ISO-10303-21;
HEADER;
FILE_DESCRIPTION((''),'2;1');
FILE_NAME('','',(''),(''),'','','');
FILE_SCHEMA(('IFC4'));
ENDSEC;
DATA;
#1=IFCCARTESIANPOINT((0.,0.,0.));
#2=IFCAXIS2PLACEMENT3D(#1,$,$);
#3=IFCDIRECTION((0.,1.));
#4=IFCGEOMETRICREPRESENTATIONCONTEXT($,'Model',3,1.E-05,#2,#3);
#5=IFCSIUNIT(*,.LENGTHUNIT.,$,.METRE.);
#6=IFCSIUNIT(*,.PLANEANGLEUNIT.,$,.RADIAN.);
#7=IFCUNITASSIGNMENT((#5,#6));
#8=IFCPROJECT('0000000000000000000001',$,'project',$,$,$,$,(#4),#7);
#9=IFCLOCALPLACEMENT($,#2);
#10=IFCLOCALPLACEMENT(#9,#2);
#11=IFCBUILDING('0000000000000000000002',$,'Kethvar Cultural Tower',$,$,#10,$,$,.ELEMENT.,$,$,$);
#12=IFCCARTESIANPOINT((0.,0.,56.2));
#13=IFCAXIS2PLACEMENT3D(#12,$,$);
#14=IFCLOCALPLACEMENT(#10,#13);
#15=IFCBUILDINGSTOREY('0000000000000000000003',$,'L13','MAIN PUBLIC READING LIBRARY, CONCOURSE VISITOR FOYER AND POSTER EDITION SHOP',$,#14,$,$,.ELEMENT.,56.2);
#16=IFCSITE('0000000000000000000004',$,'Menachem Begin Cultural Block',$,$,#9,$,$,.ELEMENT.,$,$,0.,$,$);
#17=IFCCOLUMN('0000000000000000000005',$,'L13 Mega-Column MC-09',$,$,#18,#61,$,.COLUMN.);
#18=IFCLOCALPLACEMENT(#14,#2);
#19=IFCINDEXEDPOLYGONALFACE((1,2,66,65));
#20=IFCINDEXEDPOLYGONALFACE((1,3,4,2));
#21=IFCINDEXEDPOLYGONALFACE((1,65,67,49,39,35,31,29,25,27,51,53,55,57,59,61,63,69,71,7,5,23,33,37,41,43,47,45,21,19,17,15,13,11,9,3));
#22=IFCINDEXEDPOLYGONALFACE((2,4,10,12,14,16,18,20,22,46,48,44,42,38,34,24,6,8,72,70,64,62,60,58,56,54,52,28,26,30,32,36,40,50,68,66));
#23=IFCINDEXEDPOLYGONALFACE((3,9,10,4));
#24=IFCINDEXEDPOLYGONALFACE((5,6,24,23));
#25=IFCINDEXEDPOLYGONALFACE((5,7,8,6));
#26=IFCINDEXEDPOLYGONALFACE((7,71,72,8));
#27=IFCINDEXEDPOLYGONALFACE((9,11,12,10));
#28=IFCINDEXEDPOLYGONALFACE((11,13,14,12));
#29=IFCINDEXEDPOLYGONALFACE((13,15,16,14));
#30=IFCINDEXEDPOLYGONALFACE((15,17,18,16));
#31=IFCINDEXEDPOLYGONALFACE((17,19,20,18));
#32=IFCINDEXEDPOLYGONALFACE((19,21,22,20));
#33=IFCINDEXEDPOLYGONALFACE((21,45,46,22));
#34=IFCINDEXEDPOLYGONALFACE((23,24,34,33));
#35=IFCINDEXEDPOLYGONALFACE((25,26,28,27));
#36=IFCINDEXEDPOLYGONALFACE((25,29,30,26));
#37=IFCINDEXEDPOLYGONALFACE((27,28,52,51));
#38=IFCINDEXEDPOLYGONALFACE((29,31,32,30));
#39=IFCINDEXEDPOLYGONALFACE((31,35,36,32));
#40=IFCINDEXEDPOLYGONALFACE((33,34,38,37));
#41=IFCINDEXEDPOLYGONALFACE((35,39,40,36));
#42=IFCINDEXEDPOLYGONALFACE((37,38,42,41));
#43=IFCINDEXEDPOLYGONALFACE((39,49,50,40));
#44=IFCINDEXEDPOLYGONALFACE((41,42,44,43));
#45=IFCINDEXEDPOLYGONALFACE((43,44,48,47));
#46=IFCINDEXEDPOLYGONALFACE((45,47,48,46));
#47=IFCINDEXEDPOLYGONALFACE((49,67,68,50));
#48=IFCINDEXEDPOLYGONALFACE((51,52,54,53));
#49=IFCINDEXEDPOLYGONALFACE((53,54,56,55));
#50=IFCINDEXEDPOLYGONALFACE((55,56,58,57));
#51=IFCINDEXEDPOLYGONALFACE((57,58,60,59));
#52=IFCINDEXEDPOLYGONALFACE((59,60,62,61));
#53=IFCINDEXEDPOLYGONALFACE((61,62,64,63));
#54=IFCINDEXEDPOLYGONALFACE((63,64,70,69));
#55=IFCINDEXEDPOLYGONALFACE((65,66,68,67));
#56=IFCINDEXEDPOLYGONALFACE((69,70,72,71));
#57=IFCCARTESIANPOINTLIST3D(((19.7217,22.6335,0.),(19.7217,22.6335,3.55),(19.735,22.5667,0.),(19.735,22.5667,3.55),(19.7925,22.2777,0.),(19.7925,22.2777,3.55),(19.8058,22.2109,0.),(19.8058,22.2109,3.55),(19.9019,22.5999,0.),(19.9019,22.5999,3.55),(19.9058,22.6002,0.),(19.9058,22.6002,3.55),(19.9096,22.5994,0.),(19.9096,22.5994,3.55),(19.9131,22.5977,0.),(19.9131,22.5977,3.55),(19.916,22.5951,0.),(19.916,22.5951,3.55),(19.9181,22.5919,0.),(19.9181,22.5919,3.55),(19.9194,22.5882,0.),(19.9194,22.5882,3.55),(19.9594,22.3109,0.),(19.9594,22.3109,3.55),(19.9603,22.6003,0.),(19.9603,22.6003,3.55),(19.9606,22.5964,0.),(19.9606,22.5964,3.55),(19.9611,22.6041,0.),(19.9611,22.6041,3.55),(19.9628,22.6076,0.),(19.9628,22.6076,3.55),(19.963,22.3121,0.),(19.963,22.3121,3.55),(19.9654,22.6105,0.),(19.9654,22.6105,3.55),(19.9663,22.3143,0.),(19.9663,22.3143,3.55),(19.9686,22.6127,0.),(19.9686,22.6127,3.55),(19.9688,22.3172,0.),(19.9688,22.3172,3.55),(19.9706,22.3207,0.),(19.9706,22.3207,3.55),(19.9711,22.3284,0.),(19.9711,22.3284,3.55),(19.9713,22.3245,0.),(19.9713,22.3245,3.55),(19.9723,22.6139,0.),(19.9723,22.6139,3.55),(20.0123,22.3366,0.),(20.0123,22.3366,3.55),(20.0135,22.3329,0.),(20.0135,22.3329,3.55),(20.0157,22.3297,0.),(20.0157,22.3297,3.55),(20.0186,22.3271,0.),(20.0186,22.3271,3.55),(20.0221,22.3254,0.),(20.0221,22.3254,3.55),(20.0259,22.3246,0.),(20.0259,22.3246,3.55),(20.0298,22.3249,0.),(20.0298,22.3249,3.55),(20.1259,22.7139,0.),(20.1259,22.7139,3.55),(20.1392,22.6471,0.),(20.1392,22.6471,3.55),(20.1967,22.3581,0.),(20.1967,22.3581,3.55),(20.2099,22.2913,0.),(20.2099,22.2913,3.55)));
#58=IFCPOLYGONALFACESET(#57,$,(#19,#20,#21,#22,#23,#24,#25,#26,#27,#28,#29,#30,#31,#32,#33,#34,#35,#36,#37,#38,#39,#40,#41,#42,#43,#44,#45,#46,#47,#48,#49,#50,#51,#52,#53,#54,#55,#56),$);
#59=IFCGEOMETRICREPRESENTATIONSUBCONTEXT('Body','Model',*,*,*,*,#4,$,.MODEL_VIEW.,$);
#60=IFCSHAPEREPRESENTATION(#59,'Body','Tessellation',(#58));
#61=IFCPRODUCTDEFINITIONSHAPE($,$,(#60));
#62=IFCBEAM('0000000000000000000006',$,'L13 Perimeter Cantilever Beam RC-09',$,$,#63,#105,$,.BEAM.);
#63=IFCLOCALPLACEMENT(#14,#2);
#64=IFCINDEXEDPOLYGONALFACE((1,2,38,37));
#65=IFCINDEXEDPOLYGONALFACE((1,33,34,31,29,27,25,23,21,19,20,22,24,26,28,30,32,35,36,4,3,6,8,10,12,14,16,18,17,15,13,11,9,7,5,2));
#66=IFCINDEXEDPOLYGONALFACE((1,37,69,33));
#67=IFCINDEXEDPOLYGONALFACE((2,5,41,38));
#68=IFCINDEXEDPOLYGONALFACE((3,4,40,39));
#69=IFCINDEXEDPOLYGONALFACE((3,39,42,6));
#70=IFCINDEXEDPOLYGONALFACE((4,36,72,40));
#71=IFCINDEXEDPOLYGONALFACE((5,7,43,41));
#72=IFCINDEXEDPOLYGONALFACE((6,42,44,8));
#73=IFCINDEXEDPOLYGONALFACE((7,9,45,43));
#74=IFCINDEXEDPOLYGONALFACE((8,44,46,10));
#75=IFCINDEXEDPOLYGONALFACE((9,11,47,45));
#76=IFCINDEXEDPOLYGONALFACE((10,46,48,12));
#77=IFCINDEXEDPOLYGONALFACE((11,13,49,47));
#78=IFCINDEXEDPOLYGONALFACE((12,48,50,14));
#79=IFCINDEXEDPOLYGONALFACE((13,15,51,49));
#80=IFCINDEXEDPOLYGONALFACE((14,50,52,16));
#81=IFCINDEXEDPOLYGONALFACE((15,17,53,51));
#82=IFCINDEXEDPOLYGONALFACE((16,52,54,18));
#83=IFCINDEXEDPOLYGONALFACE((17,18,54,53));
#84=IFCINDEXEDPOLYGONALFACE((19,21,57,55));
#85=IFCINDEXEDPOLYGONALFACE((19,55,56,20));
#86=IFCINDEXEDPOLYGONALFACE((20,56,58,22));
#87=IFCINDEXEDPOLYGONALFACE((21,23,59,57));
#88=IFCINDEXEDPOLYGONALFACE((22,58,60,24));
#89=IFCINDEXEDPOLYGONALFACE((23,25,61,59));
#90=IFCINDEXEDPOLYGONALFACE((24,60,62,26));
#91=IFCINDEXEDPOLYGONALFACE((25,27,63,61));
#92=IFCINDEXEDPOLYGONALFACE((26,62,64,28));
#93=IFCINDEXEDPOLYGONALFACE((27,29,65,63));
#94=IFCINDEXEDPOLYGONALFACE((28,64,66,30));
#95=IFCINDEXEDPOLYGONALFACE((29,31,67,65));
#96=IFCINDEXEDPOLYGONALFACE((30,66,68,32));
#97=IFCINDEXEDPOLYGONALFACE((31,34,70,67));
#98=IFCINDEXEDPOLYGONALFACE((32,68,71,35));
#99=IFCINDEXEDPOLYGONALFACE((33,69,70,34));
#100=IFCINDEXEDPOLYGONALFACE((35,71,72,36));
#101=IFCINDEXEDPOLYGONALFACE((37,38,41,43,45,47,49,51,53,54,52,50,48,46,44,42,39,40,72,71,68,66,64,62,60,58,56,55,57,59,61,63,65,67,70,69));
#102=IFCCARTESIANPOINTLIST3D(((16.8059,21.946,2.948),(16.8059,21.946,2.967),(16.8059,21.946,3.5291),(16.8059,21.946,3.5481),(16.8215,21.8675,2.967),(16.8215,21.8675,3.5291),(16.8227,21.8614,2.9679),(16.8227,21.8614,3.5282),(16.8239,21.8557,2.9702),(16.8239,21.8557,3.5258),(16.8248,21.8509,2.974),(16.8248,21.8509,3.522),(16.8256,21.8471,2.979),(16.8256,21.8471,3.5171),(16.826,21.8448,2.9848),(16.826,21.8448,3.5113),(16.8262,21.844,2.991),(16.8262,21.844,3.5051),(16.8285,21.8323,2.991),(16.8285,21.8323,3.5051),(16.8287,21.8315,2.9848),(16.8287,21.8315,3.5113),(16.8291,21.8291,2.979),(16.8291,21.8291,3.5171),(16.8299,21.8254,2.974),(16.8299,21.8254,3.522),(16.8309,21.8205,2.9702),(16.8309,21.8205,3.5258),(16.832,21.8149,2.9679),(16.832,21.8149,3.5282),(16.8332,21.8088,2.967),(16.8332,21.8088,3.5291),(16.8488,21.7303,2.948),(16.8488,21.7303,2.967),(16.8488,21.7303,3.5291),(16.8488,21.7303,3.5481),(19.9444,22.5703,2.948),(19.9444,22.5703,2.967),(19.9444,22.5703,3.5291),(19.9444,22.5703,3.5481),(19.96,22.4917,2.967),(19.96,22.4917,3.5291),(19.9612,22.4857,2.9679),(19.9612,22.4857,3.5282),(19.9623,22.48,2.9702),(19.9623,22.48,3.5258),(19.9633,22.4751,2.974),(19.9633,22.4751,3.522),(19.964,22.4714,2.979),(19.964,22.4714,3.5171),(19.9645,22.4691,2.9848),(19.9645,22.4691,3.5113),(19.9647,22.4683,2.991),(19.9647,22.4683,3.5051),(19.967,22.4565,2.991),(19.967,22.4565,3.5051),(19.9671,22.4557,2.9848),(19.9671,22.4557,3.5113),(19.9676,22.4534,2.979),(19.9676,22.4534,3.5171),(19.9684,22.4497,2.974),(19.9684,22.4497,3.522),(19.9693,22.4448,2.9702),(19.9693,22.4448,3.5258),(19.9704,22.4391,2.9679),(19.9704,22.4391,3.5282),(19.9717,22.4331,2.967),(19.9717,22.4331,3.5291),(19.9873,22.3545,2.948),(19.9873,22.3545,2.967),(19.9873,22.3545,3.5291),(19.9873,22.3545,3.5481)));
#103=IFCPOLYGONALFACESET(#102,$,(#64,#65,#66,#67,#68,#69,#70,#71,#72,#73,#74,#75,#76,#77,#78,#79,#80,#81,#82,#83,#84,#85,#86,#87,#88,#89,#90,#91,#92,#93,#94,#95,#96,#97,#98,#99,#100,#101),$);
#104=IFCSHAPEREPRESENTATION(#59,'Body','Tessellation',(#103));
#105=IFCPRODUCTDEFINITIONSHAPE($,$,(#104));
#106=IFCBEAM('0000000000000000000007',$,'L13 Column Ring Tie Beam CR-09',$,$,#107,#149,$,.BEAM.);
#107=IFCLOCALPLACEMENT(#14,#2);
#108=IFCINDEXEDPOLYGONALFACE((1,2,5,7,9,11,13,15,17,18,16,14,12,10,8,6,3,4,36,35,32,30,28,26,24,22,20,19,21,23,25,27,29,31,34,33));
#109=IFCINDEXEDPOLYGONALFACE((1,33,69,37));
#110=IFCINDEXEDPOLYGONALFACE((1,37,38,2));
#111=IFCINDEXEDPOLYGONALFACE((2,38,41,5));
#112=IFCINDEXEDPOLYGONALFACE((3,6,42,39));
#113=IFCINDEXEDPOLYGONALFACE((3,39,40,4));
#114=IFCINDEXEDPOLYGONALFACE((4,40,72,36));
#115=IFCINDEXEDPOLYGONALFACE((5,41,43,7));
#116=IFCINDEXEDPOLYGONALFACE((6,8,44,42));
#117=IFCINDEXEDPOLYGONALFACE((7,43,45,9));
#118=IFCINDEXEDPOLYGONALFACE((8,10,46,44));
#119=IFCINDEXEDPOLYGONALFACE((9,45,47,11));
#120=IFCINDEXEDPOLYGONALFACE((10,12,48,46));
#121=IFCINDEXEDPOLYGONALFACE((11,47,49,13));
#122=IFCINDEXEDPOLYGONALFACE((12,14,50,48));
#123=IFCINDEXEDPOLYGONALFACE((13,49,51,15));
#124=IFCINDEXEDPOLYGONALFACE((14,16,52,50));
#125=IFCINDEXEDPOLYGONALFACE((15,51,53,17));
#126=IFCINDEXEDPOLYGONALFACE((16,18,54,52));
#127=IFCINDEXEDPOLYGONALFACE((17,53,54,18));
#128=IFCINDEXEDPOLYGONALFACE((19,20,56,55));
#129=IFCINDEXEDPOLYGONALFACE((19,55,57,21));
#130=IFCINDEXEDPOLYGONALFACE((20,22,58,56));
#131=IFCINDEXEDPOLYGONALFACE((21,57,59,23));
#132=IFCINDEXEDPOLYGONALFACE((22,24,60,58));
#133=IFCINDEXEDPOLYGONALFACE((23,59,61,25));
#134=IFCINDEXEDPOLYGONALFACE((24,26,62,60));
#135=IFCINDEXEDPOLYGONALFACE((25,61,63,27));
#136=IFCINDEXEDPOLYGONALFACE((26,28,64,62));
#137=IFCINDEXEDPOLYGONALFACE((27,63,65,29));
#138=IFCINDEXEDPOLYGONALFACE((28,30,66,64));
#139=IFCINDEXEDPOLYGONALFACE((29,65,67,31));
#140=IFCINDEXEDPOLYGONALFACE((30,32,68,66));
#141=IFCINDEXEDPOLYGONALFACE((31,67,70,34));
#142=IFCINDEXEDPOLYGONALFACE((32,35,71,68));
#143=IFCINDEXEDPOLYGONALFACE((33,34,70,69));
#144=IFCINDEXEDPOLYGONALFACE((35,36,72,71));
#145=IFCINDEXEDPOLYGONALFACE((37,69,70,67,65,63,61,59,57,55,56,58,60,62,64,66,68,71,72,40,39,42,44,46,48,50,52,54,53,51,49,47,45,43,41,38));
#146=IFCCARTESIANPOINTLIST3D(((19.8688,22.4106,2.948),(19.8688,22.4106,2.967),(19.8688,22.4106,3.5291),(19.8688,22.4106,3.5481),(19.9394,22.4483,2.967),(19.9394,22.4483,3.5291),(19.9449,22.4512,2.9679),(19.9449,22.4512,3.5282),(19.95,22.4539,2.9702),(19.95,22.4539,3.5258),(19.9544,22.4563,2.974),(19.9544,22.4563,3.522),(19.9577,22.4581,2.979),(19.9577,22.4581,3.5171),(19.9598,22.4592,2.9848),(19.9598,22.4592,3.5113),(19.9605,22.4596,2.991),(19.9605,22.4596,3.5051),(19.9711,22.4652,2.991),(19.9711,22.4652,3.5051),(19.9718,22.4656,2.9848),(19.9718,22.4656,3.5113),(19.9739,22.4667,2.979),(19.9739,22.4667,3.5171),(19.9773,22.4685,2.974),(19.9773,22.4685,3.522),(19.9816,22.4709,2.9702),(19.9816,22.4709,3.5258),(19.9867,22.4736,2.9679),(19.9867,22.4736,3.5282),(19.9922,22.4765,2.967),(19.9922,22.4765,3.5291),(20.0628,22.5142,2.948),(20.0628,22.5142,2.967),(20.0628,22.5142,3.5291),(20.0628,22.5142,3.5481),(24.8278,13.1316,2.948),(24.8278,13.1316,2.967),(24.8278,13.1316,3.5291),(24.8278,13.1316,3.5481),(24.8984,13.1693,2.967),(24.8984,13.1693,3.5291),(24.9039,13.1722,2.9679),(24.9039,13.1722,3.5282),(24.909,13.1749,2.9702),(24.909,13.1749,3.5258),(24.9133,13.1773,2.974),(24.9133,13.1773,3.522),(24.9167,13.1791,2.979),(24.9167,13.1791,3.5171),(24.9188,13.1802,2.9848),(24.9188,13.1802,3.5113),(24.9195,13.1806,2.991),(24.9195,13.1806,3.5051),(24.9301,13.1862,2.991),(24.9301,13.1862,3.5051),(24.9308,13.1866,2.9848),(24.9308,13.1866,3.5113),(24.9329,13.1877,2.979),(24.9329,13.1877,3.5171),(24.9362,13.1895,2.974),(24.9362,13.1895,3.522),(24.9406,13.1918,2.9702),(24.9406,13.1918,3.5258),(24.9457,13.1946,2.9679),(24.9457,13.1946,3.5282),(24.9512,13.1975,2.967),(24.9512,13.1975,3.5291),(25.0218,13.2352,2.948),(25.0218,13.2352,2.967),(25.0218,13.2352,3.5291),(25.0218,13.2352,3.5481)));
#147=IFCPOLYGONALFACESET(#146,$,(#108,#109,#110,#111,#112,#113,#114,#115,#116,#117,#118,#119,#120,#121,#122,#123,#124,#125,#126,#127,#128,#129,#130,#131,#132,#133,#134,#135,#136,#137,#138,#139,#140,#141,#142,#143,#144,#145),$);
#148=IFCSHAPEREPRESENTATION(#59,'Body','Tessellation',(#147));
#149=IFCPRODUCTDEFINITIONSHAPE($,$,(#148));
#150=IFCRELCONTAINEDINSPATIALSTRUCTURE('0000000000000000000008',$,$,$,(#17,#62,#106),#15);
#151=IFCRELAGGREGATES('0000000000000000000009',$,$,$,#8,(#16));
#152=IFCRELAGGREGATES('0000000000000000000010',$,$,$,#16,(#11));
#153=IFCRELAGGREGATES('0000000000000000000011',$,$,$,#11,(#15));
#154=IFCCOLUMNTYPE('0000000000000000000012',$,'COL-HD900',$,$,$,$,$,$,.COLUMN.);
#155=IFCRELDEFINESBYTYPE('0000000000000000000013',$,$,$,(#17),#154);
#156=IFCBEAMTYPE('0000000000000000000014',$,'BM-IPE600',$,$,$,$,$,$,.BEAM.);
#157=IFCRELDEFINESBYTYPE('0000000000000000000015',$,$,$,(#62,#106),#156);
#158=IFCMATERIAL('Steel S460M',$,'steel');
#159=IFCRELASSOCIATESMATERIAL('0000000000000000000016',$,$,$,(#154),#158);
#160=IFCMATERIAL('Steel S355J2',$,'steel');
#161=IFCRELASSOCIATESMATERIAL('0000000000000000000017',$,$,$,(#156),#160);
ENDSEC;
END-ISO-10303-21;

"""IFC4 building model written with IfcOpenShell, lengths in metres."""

from ifc_helpers import new_model, si_unit, direction, frame, origin, origin_2d, place, context, subcontext, project, spatial, i_section, extrude, source, transform, mapped, material, material_profile, profile_set, type_object, element, save


model = new_model("IFC4")

# Units and contexts
model_context = context("Model", 3, precision=1e-05, world=origin(), true_north=direction((0.0, 1.0)))
body_context = subcontext(model_context, "Body", "Model", "MODEL_VIEW")
ifc_project = project(units=[si_unit("LENGTHUNIT", "METRE"), si_unit("PLANEANGLEUNIT", "RADIAN")], contexts=[model_context])

# Site, building, storey
site_placement = place(None, origin())
site = spatial("IfcSite", under=ifc_project, at=site_placement, Name="Menachem Begin Cultural Block", CompositionType="ELEMENT", RefElevation=0.0)
building_placement = place(site_placement, origin())
building = spatial("IfcBuilding", under=site, at=building_placement, Name="Kethvar Cultural Tower", CompositionType="ELEMENT")
storey_placement = place(building_placement, frame((0.0, 0.0, 56.2)))
storey = spatial("IfcBuildingStorey", under=building, at=storey_placement, Name="L13", Description="MAIN PUBLIC READING LIBRARY, CONCOURSE VISITOR FOYER AND POSTER EDITION SHOP", CompositionType="ELEMENT", Elevation=56.2)

# Column
ifc_material_1 = material(Name="Steel S460M", Category="steel")
ifc_material_profile_1 = material_profile(ifc_material_1, i_section(OverallWidth=0.4121, OverallDepth=0.4309, WebThickness=0.042, FlangeThickness=0.0681, FilletRadius=0.0149, at=origin_2d()), Name="Steel S460M — HD400x900")
ifc_profile_set_1 = profile_set([ifc_material_profile_1], Name="Steel S460M — HD400x900")
column_type = type_object("IfcColumnType", Name="COL-HD900", PredefinedType="COLUMN", material=ifc_profile_set_1)
shared_shape_1 = source(origin(), body_context, "Body", "SweptSolid", [
    extrude(i_section(OverallWidth=0.4121, OverallDepth=0.4309, WebThickness=0.042, FlangeThickness=0.0681, FilletRadius=0.0149, at=origin_2d()), origin(), (0.0, 0.0, 1.0), 3.55),
])
column_placement = place(storey_placement, frame((19.9658, 22.4624, 0.0), z_axis=(0.0, 0.0, 1.0), x_axis=(-0.980785, -0.19509, 0.0)))
element("IfcColumn", 1, at=column_placement, inside=storey, type_object=column_type, Name="L13 Mega-Column MC-09", PredefinedType="COLUMN", context=body_context, shape_type="MappedRepresentation", body=[
    mapped(shared_shape_1, transform((0.0, 0.0, 0.0), scale=1.0)),
])

# Beams
ifc_material_2 = material(Name="Steel S355J2", Category="steel")
ifc_material_profile_2 = material_profile(ifc_material_2, i_section(OverallWidth=0.22, OverallDepth=0.6001, WebThickness=0.012, FlangeThickness=0.019, FilletRadius=0.0239, at=origin_2d()), Name="Steel S355J2 — IPE600")
ifc_profile_set_2 = profile_set([ifc_material_profile_2], Name="Steel S355J2 — IPE600")
beam_type_1 = type_object("IfcBeamType", Name="BM-IPE600", PredefinedType="BEAM", material=ifc_profile_set_2)
shared_shape_2 = source(origin(), body_context, "Body", "SweptSolid", [
    extrude(i_section(OverallWidth=0.22, OverallDepth=0.6001, WebThickness=0.012, FlangeThickness=0.019, FilletRadius=0.0239, at=origin_2d()), origin(), (0.0, 0.0, 1.0), 3.2),
])
beam_1_placement = place(storey_placement, frame((19.9658, 22.4624, 3.248), z_axis=(-0.980786, -0.195089, 0.0), x_axis=(0.195089, -0.980786, 0.0)))
element("IfcBeam", 2, at=beam_1_placement, inside=storey, type_object=beam_type_1, Name="L13 Perimeter Cantilever Beam RC-09", PredefinedType="BEAM", context=body_context, shape_type="MappedRepresentation", body=[
    mapped(shared_shape_2, transform((0.0, 0.0, 0.0), scale=1.0)),
])
shared_shape_3 = source(origin(), body_context, "Body", "SweptSolid", [
    extrude(i_section(OverallWidth=0.22, OverallDepth=0.6001, WebThickness=0.012, FlangeThickness=0.019, FilletRadius=0.0239, at=origin_2d()), origin(), (0.0, 0.0, 1.0), 10.521),
])
beam_2_placement = place(storey_placement, frame((19.9658, 22.4624, 3.248), z_axis=(0.47134, -0.881952, 0.0), x_axis=(0.881952, 0.47134, 0.0)))
element("IfcBeam", 3, at=beam_2_placement, inside=storey, type_object=beam_type_1, Name="L13 Column Ring Tie Beam CR-09", PredefinedType="BEAM", context=body_context, shape_type="MappedRepresentation", body=[
    mapped(shared_shape_3, transform((0.0, 0.0, 0.0), scale=1.0)),
])

save(model, "model.ifc")
